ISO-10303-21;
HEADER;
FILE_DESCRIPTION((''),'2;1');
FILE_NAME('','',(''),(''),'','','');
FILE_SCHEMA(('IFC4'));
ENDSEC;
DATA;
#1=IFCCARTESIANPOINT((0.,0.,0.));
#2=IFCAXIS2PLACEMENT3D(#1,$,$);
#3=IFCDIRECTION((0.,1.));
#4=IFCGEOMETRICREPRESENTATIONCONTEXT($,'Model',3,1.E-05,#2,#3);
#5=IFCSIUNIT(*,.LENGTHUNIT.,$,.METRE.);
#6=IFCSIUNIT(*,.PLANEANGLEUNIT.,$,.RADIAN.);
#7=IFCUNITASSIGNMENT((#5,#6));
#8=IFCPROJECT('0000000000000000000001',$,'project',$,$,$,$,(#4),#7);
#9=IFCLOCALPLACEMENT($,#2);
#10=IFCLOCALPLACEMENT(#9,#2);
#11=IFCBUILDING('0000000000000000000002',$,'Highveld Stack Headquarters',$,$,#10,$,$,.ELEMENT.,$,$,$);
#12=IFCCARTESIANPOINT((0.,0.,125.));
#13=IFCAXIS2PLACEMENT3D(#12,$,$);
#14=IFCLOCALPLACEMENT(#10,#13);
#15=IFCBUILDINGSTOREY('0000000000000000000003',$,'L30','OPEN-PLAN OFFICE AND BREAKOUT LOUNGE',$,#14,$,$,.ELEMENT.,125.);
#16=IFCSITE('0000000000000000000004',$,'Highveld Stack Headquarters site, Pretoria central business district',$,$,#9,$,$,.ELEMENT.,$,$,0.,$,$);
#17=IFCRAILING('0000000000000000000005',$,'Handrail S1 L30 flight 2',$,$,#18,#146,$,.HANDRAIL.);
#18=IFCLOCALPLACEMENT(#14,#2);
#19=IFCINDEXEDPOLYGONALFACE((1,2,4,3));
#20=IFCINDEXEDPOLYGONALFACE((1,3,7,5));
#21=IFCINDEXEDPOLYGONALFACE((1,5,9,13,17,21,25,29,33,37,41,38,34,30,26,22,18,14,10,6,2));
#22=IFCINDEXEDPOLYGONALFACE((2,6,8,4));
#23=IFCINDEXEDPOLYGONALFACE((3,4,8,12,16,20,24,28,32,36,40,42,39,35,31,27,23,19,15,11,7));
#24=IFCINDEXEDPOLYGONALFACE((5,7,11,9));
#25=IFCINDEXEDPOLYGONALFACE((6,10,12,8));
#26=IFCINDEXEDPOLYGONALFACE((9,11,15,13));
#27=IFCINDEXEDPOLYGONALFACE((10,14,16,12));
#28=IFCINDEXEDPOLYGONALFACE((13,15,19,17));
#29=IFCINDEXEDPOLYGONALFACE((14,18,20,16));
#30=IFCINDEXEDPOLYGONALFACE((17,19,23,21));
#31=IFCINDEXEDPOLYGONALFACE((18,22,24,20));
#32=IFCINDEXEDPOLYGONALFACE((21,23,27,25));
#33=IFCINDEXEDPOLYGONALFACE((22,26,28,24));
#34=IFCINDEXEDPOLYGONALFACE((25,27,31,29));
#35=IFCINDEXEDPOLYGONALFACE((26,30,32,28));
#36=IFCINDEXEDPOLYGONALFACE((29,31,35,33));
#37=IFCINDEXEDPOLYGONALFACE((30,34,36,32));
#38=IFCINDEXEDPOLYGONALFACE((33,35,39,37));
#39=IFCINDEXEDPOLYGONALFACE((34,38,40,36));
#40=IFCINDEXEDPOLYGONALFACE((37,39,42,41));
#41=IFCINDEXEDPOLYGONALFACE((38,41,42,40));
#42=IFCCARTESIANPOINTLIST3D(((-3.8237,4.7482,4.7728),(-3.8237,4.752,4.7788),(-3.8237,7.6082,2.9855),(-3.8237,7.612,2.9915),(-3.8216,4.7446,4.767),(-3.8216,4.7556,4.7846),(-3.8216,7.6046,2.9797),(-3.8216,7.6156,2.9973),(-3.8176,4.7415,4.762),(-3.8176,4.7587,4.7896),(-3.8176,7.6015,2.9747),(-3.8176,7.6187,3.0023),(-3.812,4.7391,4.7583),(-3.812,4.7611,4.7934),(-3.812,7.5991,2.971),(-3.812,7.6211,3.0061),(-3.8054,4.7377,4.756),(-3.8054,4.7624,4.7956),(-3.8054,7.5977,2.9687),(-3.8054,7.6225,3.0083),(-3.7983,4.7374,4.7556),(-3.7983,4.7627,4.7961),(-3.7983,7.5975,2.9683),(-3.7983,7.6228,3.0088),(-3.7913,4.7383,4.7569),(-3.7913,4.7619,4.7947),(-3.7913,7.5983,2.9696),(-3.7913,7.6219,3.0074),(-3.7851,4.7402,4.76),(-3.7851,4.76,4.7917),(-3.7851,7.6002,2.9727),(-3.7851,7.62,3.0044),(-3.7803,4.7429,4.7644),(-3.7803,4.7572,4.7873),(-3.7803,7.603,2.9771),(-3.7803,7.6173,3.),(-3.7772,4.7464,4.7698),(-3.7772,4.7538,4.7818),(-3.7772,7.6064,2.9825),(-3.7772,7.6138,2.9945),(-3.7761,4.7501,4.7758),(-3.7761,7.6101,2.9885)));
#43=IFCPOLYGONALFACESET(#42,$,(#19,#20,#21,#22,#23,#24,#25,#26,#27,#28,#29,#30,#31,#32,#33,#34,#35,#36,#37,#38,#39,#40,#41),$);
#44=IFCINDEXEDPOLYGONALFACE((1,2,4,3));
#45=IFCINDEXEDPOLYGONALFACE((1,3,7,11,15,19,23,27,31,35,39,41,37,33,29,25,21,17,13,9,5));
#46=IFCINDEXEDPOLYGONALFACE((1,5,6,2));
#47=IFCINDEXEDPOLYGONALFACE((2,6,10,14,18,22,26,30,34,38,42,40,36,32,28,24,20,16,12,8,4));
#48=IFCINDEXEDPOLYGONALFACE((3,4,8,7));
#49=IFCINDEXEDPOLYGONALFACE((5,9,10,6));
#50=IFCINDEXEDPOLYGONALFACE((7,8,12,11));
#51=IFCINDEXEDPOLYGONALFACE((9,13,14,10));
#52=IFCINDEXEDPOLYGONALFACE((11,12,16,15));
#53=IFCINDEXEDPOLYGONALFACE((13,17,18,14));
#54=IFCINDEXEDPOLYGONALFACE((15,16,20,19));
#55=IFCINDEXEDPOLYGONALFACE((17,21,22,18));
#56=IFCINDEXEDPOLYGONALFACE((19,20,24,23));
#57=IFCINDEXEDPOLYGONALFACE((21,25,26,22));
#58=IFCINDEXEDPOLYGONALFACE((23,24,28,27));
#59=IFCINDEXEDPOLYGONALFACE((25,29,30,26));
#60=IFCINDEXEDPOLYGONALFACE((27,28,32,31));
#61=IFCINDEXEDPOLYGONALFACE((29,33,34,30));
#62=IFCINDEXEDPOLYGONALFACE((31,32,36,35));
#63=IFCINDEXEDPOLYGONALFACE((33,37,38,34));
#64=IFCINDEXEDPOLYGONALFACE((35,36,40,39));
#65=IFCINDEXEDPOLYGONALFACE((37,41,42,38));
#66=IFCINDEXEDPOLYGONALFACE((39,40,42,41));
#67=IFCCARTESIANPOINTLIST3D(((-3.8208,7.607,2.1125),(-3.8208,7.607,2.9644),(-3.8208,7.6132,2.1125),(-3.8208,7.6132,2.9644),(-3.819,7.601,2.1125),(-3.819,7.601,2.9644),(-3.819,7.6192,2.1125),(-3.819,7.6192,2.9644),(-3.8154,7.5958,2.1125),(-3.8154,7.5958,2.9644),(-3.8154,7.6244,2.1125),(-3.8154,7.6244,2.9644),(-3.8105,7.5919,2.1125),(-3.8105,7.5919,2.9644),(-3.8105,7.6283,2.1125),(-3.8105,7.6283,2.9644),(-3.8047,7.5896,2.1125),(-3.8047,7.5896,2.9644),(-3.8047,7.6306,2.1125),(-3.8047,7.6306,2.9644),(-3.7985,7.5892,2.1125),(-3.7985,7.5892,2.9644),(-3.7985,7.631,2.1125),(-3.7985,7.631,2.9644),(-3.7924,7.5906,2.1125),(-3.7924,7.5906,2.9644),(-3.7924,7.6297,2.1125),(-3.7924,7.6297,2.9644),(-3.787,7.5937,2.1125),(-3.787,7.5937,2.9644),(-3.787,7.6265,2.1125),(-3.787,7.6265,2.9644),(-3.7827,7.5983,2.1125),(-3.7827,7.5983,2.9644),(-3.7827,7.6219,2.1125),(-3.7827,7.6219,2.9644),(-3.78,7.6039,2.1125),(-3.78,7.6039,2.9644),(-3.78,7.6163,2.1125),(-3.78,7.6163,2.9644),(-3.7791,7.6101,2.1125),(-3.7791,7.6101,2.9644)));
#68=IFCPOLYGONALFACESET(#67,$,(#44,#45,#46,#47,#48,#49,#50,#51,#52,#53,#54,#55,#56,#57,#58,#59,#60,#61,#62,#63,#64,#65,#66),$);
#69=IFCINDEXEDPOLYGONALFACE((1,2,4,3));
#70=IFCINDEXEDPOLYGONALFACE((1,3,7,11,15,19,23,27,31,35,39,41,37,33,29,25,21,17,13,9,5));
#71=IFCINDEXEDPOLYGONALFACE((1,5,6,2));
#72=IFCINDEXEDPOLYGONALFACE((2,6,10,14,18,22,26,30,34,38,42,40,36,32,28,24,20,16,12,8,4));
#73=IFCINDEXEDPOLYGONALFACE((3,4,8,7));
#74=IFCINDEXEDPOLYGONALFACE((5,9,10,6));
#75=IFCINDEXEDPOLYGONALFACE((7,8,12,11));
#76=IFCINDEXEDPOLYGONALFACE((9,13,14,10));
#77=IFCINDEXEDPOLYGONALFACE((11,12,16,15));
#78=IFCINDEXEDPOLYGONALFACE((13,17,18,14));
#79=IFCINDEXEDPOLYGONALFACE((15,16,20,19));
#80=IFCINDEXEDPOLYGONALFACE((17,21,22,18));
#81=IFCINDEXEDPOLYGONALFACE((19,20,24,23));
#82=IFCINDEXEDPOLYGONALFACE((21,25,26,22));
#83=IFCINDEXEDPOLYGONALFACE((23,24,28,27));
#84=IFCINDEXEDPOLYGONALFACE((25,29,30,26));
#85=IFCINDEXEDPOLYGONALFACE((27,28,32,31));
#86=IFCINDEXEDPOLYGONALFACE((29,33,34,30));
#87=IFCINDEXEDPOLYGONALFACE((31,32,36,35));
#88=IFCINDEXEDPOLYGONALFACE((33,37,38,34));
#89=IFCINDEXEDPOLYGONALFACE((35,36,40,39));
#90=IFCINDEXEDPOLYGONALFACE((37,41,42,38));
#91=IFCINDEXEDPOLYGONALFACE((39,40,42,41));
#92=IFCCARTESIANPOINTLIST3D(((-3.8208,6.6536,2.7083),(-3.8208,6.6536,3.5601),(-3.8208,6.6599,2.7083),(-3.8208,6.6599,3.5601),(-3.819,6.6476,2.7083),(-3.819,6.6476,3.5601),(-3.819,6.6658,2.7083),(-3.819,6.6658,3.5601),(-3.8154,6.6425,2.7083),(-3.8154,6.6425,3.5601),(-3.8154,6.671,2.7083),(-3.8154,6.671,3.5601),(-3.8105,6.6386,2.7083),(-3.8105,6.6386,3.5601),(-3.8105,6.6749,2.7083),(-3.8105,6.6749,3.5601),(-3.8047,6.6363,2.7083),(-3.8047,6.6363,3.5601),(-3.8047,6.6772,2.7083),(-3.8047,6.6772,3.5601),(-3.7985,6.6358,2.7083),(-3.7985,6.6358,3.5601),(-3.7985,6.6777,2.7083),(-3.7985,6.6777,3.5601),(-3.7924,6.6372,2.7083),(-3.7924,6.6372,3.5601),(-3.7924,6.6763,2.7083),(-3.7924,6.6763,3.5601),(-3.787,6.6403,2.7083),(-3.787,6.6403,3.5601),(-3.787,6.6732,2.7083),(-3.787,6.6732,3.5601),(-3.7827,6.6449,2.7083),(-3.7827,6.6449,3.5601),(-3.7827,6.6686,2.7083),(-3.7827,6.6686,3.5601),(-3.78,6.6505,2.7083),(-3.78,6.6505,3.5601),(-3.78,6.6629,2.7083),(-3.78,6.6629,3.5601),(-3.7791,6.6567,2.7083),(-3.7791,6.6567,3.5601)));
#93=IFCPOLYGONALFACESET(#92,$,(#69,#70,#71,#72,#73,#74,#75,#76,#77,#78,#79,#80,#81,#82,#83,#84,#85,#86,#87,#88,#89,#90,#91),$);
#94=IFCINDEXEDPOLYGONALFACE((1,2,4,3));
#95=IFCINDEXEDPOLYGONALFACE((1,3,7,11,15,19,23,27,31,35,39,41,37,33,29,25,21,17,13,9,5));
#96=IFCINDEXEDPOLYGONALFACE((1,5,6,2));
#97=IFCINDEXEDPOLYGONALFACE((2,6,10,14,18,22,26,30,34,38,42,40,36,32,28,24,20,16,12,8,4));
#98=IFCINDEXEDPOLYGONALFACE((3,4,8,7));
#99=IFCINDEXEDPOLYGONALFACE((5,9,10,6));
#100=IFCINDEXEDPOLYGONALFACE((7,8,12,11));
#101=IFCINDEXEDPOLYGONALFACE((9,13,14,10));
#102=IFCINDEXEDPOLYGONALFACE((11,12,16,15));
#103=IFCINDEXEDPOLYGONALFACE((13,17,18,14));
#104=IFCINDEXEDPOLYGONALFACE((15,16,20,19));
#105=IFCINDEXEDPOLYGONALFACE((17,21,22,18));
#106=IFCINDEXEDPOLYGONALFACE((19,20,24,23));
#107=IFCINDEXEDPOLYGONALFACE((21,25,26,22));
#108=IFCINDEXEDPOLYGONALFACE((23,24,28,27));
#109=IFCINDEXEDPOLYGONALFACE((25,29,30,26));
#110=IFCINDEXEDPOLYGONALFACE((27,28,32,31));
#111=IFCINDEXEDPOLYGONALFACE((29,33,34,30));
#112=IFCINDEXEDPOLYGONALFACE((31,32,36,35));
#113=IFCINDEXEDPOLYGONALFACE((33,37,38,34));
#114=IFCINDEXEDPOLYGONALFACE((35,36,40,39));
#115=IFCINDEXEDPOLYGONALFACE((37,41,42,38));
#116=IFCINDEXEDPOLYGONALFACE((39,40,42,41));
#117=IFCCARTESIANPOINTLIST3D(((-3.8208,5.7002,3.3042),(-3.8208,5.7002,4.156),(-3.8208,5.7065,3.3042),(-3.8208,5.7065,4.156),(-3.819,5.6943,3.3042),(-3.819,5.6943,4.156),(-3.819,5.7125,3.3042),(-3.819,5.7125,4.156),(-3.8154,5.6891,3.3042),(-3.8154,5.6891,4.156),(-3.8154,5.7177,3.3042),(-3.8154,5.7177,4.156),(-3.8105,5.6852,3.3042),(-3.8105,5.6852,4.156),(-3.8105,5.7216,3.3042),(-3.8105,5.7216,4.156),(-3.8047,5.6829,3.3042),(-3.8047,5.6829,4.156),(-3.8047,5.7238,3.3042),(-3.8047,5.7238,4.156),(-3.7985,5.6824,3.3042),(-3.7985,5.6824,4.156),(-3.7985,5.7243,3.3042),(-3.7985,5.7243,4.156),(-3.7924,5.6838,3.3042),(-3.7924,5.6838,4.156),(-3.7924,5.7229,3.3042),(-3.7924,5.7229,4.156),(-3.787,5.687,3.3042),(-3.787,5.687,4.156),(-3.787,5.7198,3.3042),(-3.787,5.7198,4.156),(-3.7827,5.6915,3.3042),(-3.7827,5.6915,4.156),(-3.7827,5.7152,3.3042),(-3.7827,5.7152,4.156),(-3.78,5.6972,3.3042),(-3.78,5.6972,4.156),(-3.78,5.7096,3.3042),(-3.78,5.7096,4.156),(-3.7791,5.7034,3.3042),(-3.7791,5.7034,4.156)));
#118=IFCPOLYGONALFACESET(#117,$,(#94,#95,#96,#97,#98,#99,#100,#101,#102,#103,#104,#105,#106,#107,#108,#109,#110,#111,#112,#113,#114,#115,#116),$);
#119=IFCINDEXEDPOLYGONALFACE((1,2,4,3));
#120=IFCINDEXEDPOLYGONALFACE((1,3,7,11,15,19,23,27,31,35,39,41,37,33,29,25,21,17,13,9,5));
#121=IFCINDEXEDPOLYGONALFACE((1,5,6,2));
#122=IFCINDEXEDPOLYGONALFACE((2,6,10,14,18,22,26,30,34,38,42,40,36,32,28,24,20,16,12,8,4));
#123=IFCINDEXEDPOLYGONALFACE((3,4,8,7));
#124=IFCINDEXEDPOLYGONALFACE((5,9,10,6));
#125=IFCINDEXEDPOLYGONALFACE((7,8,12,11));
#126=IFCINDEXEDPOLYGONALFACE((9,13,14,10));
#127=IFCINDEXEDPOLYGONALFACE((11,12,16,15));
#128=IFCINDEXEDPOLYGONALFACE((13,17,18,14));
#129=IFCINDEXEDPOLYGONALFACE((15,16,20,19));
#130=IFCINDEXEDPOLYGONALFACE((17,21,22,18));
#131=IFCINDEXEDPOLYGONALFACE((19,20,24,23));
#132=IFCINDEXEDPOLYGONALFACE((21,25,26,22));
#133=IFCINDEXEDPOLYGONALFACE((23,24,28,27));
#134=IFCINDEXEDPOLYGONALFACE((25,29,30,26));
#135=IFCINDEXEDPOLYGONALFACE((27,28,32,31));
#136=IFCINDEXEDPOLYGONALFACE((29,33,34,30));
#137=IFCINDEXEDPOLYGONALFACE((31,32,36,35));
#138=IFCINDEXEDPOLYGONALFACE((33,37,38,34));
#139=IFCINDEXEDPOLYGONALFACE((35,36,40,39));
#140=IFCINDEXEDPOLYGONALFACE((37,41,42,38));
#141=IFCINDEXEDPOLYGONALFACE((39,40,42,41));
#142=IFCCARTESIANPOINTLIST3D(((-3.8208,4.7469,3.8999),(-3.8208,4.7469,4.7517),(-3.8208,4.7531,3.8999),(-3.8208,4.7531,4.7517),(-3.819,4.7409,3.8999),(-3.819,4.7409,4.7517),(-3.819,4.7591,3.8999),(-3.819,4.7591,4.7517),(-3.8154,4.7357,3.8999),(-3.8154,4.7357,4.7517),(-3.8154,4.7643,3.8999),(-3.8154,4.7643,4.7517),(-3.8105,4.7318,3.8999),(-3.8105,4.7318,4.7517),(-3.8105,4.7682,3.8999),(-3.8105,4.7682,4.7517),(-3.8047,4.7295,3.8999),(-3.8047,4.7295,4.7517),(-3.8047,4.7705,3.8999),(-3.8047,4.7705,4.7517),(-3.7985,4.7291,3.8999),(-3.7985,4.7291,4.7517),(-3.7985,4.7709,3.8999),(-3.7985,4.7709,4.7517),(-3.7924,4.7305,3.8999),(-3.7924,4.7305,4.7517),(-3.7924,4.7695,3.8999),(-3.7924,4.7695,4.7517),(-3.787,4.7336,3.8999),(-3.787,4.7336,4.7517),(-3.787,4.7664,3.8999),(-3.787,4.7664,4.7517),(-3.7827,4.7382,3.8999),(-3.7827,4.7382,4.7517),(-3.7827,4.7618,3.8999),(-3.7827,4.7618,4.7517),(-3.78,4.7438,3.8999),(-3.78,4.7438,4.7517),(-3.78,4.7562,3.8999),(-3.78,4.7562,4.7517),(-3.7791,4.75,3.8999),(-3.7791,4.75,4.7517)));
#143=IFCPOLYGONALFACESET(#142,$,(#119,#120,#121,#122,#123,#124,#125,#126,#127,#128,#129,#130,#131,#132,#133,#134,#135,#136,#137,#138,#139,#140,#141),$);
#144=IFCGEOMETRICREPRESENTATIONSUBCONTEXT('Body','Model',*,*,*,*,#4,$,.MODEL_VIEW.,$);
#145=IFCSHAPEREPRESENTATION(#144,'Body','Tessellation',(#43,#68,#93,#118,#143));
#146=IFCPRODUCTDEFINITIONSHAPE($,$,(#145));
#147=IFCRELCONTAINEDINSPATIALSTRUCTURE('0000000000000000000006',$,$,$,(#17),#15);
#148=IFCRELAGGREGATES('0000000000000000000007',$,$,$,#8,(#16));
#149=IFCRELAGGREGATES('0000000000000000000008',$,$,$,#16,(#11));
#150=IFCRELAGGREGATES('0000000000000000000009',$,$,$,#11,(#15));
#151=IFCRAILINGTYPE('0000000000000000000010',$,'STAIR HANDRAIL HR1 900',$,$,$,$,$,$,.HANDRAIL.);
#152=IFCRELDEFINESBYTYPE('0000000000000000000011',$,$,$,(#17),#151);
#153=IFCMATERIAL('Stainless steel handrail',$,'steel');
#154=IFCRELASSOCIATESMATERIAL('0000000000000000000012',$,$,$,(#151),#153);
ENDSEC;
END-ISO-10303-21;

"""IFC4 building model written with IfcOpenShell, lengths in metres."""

from ifc_helpers import new_model, si_unit, direction, frame, origin, origin_2d, place, context, subcontext, project, spatial, circle, extrude, material, type_object, element, save


model = new_model("IFC4")

# Units and contexts
model_context = context("Model", 3, precision=1e-05, world=origin(), true_north=direction((0.0, 1.0)))
body_context = subcontext(model_context, "Body", "Model", "MODEL_VIEW")
ifc_project = project(units=[si_unit("LENGTHUNIT", "METRE"), si_unit("PLANEANGLEUNIT", "RADIAN")], contexts=[model_context])

# Site, building, storey
site_placement = place(None, origin())
site = spatial("IfcSite", under=ifc_project, at=site_placement, Name="Highveld Stack Headquarters site, Pretoria central business district", CompositionType="ELEMENT", RefElevation=0.0)
building_placement = place(site_placement, origin())
building = spatial("IfcBuilding", under=site, at=building_placement, Name="Highveld Stack Headquarters", CompositionType="ELEMENT")
storey_placement = place(building_placement, frame((0.0, 0.0, 125.0)))
storey = spatial("IfcBuildingStorey", under=building, at=storey_placement, Name="L30", Description="OPEN-PLAN OFFICE AND BREAKOUT LOUNGE", CompositionType="ELEMENT", Elevation=125.0)

# Railing
ifc_material_1 = material(Name="Stainless steel handrail", Category="steel")
railing_type = type_object("IfcRailingType", Name="STAIR HANDRAIL HR1 900", PredefinedType="HANDRAIL", material=ifc_material_1)
for number, where, name in (
    (1, (-3.8, 7.6101, 2.1125), "Handrail S1 L30 flight 2"),
):
    element("IfcRailing", number, at=place(storey_placement, frame(where)), inside=storey, type_object=railing_type, Name=name, PredefinedType="HANDRAIL", context=body_context, shape_type="SweptSolid", body=[
        extrude(circle(Radius=0.0239, at=origin_2d()), frame((0.0, 0.0, 0.876), z_axis=(0.0, -0.848027, 0.529953), x_axis=(1.0, 0.0, 0.0)), (0.0, 0.0, 1.0), 3.3726),
        extrude(circle(Radius=0.021, at=origin_2d()), origin(), (0.0, 0.0, 1.0), 0.8518),
        extrude(circle(Radius=0.021, at=origin_2d()), frame((0.0, -0.9534, 0.5957)), (0.0, 0.0, 1.0), 0.8518),
        extrude(circle(Radius=0.021, at=origin_2d()), frame((0.0, -1.9067, 1.1917)), (0.0, 0.0, 1.0), 0.8518),
        extrude(circle(Radius=0.021, at=origin_2d()), frame((0.0, -2.8601, 1.7874)), (0.0, 0.0, 1.0), 0.8518),
    ])

save(model, "model.ifc")
